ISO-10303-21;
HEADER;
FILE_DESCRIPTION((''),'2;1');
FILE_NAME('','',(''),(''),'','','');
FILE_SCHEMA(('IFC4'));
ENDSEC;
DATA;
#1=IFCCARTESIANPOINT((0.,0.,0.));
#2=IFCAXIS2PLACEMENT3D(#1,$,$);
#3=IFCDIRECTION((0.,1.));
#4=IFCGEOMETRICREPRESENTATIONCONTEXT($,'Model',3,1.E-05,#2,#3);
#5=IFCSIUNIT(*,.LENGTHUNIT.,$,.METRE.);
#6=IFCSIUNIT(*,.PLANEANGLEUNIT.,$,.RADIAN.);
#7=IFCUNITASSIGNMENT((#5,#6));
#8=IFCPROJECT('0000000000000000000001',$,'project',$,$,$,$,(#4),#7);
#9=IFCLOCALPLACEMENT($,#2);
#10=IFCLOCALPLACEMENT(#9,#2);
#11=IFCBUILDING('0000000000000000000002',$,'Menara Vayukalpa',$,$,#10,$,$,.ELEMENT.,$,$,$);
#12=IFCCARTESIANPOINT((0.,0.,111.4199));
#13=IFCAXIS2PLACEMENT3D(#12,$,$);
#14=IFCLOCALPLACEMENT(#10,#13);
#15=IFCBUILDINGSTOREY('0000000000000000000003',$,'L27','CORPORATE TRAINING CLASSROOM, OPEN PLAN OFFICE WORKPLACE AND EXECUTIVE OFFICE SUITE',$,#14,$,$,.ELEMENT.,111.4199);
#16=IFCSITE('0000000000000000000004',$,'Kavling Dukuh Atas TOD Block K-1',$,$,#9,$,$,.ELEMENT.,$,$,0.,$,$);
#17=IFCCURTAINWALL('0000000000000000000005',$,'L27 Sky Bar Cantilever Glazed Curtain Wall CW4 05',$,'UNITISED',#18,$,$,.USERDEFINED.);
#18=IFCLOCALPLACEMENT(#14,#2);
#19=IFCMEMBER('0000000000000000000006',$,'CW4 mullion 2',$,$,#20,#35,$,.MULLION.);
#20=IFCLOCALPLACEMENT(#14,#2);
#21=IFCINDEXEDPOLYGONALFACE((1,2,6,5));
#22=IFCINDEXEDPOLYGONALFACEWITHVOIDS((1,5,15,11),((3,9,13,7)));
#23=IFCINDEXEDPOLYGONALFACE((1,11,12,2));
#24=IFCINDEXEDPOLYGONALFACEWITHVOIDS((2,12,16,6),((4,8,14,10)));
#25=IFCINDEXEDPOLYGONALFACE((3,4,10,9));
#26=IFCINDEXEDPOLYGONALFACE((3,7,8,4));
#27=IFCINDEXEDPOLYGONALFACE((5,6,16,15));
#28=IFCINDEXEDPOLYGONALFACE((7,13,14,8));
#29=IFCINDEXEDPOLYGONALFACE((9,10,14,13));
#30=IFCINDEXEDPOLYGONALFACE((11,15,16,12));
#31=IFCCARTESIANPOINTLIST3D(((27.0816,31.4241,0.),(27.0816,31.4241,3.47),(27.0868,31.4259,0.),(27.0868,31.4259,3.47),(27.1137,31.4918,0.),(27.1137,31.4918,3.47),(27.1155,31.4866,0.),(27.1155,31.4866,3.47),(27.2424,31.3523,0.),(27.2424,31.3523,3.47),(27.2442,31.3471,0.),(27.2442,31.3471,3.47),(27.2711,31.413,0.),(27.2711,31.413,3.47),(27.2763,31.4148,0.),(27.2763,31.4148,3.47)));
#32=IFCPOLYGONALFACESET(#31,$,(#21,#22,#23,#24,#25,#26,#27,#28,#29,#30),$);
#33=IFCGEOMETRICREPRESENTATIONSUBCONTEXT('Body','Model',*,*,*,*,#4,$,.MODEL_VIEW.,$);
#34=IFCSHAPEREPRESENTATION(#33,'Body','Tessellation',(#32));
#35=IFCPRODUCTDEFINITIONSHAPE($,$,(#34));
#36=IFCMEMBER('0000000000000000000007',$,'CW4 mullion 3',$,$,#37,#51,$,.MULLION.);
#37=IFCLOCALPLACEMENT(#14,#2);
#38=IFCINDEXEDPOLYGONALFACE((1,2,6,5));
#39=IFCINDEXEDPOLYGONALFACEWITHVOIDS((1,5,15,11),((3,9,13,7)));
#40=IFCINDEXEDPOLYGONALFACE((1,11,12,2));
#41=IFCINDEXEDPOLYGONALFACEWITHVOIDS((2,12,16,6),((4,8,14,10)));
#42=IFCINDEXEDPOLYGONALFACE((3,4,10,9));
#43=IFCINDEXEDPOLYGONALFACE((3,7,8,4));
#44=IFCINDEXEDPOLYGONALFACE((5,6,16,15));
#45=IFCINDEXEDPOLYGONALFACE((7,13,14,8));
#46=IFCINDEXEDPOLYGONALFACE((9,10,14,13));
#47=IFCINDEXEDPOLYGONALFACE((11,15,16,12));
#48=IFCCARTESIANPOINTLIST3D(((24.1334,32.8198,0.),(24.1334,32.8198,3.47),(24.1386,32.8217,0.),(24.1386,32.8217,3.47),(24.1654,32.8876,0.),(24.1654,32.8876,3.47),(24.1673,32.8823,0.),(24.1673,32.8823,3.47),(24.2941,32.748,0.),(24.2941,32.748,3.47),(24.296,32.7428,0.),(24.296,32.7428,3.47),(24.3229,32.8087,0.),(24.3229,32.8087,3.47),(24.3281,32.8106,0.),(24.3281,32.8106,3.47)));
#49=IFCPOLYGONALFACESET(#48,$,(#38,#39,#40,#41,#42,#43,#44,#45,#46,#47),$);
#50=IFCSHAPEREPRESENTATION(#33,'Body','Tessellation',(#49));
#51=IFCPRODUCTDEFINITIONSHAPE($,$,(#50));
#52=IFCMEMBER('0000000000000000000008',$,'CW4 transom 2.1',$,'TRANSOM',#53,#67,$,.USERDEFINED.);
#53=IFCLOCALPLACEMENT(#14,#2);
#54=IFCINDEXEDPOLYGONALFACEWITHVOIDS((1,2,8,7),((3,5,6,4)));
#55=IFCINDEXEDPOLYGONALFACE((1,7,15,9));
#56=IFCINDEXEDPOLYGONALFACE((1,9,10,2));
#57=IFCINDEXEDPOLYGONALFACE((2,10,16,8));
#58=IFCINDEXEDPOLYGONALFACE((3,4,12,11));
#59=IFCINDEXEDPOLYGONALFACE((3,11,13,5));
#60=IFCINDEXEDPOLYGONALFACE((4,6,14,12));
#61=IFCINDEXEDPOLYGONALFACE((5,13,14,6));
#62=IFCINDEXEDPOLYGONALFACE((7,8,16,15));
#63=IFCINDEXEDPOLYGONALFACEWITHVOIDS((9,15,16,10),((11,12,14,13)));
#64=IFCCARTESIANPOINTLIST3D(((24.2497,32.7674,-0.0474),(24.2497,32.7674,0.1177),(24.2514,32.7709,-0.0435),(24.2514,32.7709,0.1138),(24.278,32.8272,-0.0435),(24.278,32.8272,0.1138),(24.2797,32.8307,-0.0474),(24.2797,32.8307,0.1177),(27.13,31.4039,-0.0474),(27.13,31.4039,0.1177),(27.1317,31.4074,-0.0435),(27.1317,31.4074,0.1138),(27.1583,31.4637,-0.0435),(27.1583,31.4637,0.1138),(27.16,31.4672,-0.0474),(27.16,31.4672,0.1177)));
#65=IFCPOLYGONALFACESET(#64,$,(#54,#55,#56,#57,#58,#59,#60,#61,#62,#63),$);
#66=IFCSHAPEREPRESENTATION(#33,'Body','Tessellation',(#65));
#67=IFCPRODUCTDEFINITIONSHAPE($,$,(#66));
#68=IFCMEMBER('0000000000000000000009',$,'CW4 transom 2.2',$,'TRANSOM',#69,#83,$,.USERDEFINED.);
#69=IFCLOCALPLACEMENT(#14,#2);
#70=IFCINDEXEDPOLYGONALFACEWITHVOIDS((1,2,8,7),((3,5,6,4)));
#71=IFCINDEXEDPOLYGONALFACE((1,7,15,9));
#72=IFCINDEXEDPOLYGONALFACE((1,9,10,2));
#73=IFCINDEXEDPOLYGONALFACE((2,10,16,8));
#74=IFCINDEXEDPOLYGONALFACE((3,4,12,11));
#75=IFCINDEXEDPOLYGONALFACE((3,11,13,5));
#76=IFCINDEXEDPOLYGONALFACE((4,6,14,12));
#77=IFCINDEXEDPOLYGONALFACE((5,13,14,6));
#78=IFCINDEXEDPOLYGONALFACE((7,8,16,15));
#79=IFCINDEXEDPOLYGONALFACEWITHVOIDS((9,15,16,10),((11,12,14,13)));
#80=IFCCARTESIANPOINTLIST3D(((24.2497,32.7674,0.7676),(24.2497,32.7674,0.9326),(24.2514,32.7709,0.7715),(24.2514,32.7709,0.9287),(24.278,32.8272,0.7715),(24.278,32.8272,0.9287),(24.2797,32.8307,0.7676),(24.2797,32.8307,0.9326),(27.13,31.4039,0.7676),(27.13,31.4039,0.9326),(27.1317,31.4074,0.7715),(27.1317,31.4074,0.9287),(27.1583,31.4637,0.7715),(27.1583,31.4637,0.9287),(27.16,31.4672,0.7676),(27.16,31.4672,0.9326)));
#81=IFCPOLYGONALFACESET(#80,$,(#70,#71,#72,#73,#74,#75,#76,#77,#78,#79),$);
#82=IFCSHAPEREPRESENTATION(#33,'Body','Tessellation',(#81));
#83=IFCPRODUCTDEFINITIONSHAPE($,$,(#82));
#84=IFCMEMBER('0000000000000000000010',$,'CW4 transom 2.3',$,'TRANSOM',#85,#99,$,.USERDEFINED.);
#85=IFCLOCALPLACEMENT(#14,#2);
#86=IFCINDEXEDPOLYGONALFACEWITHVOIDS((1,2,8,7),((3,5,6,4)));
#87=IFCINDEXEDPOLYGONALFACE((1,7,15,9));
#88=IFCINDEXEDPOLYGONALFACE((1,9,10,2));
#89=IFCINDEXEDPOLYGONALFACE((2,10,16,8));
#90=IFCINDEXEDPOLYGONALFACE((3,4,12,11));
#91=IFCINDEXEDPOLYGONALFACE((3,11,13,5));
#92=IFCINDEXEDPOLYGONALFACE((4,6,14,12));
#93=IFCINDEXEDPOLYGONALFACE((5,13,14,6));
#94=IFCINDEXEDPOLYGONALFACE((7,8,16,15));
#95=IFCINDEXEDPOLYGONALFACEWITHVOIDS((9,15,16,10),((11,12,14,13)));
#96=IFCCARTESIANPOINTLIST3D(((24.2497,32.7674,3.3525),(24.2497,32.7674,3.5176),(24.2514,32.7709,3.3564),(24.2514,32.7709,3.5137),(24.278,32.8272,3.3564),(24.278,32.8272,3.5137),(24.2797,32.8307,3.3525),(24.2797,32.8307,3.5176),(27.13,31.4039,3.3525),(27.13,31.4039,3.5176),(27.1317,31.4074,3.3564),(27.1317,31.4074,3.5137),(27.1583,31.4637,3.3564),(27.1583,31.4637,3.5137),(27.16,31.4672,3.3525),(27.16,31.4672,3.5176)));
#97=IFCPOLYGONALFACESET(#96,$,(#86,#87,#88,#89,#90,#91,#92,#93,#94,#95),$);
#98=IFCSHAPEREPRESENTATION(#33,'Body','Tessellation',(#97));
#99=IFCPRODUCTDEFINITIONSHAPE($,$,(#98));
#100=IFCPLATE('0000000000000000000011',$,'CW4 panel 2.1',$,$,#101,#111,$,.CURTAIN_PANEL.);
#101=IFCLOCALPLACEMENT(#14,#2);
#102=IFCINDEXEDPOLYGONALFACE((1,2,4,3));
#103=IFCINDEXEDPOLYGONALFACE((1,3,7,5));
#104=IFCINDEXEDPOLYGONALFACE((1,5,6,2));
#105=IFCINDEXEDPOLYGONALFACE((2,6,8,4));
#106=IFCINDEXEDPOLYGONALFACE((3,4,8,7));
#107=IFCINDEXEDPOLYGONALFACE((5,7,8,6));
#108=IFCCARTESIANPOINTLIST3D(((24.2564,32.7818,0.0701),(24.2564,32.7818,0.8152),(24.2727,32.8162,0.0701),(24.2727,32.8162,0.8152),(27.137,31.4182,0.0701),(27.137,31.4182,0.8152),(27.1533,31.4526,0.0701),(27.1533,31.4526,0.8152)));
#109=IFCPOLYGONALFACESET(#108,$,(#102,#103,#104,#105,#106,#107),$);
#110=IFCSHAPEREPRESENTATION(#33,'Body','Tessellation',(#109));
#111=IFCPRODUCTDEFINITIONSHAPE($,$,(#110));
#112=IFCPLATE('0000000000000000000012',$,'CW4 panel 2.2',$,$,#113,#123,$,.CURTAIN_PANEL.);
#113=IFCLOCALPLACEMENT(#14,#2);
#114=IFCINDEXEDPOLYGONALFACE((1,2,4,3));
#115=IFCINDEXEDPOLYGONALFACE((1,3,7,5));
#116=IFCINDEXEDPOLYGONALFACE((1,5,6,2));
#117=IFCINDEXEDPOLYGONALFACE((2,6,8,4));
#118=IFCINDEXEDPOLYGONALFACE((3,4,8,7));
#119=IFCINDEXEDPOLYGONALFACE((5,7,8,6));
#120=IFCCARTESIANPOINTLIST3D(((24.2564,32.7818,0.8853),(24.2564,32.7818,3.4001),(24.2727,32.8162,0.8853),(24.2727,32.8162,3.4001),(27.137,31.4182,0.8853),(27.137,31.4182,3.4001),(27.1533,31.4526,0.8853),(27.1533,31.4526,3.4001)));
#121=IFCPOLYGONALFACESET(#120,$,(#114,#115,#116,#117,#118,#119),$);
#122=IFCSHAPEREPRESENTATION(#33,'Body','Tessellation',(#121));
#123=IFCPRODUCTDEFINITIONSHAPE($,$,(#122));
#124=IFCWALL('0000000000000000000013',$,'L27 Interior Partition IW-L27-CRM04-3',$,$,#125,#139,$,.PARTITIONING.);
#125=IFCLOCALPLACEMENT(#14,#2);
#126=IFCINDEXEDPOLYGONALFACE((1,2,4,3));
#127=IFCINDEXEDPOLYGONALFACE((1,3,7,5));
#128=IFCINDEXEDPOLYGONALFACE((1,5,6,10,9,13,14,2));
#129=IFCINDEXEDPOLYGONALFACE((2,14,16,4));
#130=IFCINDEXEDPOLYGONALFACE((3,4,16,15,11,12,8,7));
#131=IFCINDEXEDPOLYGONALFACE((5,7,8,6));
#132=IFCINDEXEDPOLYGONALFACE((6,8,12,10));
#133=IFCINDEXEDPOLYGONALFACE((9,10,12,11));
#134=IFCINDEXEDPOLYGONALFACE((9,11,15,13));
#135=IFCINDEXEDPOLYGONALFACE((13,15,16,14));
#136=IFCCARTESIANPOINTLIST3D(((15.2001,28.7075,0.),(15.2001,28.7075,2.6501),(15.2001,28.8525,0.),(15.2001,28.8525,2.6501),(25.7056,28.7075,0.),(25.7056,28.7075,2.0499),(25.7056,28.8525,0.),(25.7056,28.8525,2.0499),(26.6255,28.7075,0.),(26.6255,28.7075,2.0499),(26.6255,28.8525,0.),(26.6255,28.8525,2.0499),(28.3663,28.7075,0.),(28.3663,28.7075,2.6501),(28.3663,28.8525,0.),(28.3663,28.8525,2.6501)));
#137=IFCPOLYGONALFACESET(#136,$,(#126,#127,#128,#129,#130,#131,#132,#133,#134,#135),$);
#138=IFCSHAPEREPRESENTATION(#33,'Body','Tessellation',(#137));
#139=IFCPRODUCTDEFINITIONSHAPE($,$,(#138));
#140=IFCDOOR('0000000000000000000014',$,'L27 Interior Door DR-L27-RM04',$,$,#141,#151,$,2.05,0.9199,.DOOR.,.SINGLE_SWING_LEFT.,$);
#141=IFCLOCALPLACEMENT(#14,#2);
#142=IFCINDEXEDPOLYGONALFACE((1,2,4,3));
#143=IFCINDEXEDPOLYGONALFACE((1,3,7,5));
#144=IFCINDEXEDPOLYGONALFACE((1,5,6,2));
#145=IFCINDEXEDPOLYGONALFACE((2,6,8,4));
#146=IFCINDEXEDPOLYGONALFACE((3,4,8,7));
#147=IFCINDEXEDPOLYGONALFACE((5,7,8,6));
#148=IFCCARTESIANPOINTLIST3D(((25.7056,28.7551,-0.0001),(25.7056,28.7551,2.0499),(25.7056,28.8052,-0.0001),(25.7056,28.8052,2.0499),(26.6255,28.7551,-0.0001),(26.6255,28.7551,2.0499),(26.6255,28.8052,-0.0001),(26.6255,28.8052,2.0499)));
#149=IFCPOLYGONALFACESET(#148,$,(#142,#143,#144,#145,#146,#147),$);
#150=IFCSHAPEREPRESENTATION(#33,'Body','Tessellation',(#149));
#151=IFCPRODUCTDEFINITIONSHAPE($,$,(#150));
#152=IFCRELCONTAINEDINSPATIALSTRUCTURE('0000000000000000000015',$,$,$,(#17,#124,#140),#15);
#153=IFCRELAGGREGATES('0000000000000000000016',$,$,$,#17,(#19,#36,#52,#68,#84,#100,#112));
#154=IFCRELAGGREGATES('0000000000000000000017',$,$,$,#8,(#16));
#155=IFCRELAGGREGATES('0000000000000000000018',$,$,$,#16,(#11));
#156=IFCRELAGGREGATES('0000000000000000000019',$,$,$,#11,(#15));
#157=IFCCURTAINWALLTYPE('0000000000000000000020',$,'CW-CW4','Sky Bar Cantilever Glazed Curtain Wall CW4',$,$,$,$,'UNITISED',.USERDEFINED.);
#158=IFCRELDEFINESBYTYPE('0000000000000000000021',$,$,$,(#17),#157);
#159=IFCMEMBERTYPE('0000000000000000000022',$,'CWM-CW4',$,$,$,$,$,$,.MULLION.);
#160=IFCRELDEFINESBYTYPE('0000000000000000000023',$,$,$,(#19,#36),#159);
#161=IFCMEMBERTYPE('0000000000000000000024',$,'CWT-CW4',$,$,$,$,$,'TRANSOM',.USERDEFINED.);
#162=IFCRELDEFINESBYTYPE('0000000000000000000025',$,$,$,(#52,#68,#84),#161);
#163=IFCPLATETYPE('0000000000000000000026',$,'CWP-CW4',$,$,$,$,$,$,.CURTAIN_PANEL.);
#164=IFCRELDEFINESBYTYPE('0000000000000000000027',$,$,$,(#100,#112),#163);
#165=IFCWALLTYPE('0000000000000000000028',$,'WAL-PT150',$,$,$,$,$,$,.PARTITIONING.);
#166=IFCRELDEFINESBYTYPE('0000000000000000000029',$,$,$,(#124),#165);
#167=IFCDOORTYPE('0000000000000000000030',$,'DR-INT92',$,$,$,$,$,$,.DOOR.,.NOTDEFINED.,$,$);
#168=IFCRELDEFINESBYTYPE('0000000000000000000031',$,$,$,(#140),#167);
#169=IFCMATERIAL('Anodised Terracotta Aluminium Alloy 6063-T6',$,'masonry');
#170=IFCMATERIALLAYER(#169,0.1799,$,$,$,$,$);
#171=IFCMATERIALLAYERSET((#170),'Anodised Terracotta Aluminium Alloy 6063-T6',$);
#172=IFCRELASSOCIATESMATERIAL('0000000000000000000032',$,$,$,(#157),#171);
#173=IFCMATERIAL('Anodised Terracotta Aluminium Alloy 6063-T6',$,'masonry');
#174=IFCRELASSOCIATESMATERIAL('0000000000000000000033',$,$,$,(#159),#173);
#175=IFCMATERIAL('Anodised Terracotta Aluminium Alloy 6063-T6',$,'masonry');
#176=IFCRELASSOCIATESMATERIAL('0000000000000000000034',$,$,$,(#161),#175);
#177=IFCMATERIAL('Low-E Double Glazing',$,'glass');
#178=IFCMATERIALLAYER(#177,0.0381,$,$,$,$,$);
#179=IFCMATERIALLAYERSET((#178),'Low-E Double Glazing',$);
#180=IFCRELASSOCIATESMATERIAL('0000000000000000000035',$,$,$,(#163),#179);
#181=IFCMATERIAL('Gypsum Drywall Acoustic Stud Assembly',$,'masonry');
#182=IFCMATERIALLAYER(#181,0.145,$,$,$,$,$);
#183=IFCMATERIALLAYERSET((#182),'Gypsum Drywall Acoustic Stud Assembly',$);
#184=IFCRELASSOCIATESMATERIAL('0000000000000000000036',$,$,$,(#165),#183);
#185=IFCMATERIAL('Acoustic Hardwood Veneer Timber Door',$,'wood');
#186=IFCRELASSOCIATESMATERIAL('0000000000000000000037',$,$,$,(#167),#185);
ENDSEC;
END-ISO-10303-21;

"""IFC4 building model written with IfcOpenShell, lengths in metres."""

from ifc_helpers import new_model, si_unit, direction, frame, frame_2d, origin, origin_2d, place, context, subcontext, project, spatial, rectangle, hollow_rectangle, extrude, material, layer, layer_set, material_profile, profile_set, type_object, element, fill, aggregate, save


model = new_model("IFC4")

# Units and contexts
model_context = context("Model", 3, precision=1e-05, world=origin(), true_north=direction((0.0, 1.0)))
body_context = subcontext(model_context, "Body", "Model", "MODEL_VIEW")
ifc_project = project(units=[si_unit("LENGTHUNIT", "METRE"), si_unit("PLANEANGLEUNIT", "RADIAN")], contexts=[model_context])

# Site, building, storey
site_placement = place(None, origin())
site = spatial("IfcSite", under=ifc_project, at=site_placement, Name="Kavling Dukuh Atas TOD Block K-1", CompositionType="ELEMENT", RefElevation=0.0)
building_placement = place(site_placement, origin())
building = spatial("IfcBuilding", under=site, at=building_placement, Name="Menara Vayukalpa", CompositionType="ELEMENT")
storey_placement = place(building_placement, frame((0.0, 0.0, 111.4199)))
storey = spatial("IfcBuildingStorey", under=building, at=storey_placement, Name="L27", Description="CORPORATE TRAINING CLASSROOM, OPEN PLAN OFFICE WORKPLACE AND EXECUTIVE OFFICE SUITE", CompositionType="ELEMENT", Elevation=111.4199)

# Curtain wall, members, plates
ifc_material_1 = material(Name="Anodised Terracotta Aluminium Alloy 6063-T6", Category="masonry")
ifc_layer_1 = layer(ifc_material_1, 0.1799)
ifc_layer_set_1 = layer_set([ifc_layer_1], Name="Anodised Terracotta Aluminium Alloy 6063-T6")
curtain_wall_type = type_object("IfcCurtainWallType", Name="CW-CW4", Description="Sky Bar Cantilever Glazed Curtain Wall CW4", ElementType="UNITISED", PredefinedType="USERDEFINED", material=ifc_layer_set_1)
curtain_wall_placement = place(storey_placement, origin())
curtain_wall = element("IfcCurtainWall", 1, at=curtain_wall_placement, inside=storey, type_object=curtain_wall_type, Name="L27 Sky Bar Cantilever Glazed Curtain Wall CW4 05", ObjectType="UNITISED", PredefinedType="USERDEFINED")
ifc_material_2 = material(Name="Anodised Terracotta Aluminium Alloy 6063-T6", Category="masonry")
ifc_material_profile_1 = material_profile(ifc_material_2, hollow_rectangle(XDim=0.075, YDim=0.1799, WallThickness=0.0039, at=origin_2d()), Name="ALU 75x180x4")
ifc_profile_set_1 = profile_set([ifc_material_profile_1], Name="Anodised Terracotta Aluminium Alloy 6063-T6")
member_type_1 = type_object("IfcMemberType", Name="CWM-CW4", PredefinedType="MULLION", material=ifc_profile_set_1)
member_1_placement = place(storey_placement, frame((27.179, 31.4194, 0.0), z_axis=(0.0, 0.0, 1.0), x_axis=(-0.427871, -0.90384, 0.0)))
member_1 = element("IfcMember", 2, at=member_1_placement, type_object=member_type_1, Name="CW4 mullion 2", PredefinedType="MULLION", context=body_context, shape_type="SweptSolid", body=[
    extrude(hollow_rectangle(XDim=0.075, YDim=0.1799, WallThickness=0.0039, at=origin_2d()), origin(), (0.0, 0.0, 1.0), 3.47),
])
member_2_placement = place(storey_placement, frame((24.2307, 32.8152, 0.0), z_axis=(0.0, 0.0, 1.0), x_axis=(-0.427871, -0.90384, 0.0)))
member_2 = element("IfcMember", 3, at=member_2_placement, type_object=member_type_1, Name="CW4 mullion 3", PredefinedType="MULLION", context=body_context, shape_type="SweptSolid", body=[
    extrude(hollow_rectangle(XDim=0.075, YDim=0.1799, WallThickness=0.0039, at=origin_2d()), origin(), (0.0, 0.0, 1.0), 3.47),
])
ifc_material_3 = material(Name="Anodised Terracotta Aluminium Alloy 6063-T6", Category="masonry")
ifc_material_profile_2 = material_profile(ifc_material_3, hollow_rectangle(XDim=0.0701, YDim=0.165, WallThickness=0.0039, at=origin_2d()), Name="ALU 70x165x4")
ifc_profile_set_2 = profile_set([ifc_material_profile_2], Name="Anodised Terracotta Aluminium Alloy 6063-T6")
member_type_2 = type_object("IfcMemberType", Name="CWT-CW4", ElementType="TRANSOM", PredefinedType="USERDEFINED", material=ifc_profile_set_2)
member_3_placement = place(storey_placement, frame((27.145, 31.4355, 0.0352), z_axis=(-0.903842, 0.427866, 0.0), x_axis=(-0.427866, -0.903842, 0.0)))
member_3 = element("IfcMember", 4, at=member_3_placement, type_object=member_type_2, Name="CW4 transom 2.1", ObjectType="TRANSOM", PredefinedType="USERDEFINED", context=body_context, shape_type="SweptSolid", body=[
    extrude(hollow_rectangle(XDim=0.0701, YDim=0.165, WallThickness=0.0039, at=origin_2d()), origin(), (0.0, 0.0, 1.0), 3.1868),
])
member_4_placement = place(storey_placement, frame((27.145, 31.4355, 0.8501), z_axis=(-0.903842, 0.427866, 0.0), x_axis=(-0.427866, -0.903842, 0.0)))
member_4 = element("IfcMember", 5, at=member_4_placement, type_object=member_type_2, Name="CW4 transom 2.2", ObjectType="TRANSOM", PredefinedType="USERDEFINED", context=body_context, shape_type="SweptSolid", body=[
    extrude(hollow_rectangle(XDim=0.0701, YDim=0.165, WallThickness=0.0039, at=origin_2d()), origin(), (0.0, 0.0, 1.0), 3.1868),
])
member_5_placement = place(storey_placement, frame((27.145, 31.4355, 3.4351), z_axis=(-0.903842, 0.427866, 0.0), x_axis=(-0.427866, -0.903842, 0.0)))
member_5 = element("IfcMember", 6, at=member_5_placement, type_object=member_type_2, Name="CW4 transom 2.3", ObjectType="TRANSOM", PredefinedType="USERDEFINED", context=body_context, shape_type="SweptSolid", body=[
    extrude(hollow_rectangle(XDim=0.0701, YDim=0.165, WallThickness=0.0039, at=origin_2d()), origin(), (0.0, 0.0, 1.0), 3.1868),
])
ifc_material_4 = material(Name="Low-E Double Glazing", Category="glass")
ifc_layer_2 = layer(ifc_material_4, 0.0381)
ifc_layer_set_2 = layer_set([ifc_layer_2], Name="Low-E Double Glazing")
plate_type = type_object("IfcPlateType", Name="CWP-CW4", PredefinedType="CURTAIN_PANEL", material=ifc_layer_set_2)
plate_1_placement = place(storey_placement, frame((25.7048, 32.1172, 0.0701), z_axis=(0.0, 0.0, 1.0), x_axis=(-0.90384, 0.427871, 0.0)))
plate_1 = element("IfcPlate", 7, at=plate_1_placement, type_object=plate_type, Name="CW4 panel 2.1", PredefinedType="CURTAIN_PANEL", context=body_context, shape_type="SweptSolid", body=[
    extrude(rectangle(XDim=3.187, YDim=0.0381, at=origin_2d()), origin(), (0.0, 0.0, 1.0), 0.7451),
])
plate_2_placement = place(storey_placement, frame((25.7048, 32.1172, 0.8853), z_axis=(0.0, 0.0, 1.0), x_axis=(-0.90384, 0.427871, 0.0)))
plate_2 = element("IfcPlate", 8, at=plate_2_placement, type_object=plate_type, Name="CW4 panel 2.2", PredefinedType="CURTAIN_PANEL", context=body_context, shape_type="SweptSolid", body=[
    extrude(rectangle(XDim=3.187, YDim=0.0381, at=origin_2d()), origin(), (0.0, 0.0, 1.0), 2.5149),
])
aggregate(curtain_wall, [member_1, member_2, member_3, member_4, member_5, plate_1, plate_2])

# Wall, opening, door
ifc_material_5 = material(Name="Gypsum Drywall Acoustic Stud Assembly", Category="masonry")
ifc_layer_3 = layer(ifc_material_5, 0.145)
ifc_layer_set_3 = layer_set([ifc_layer_3], Name="Gypsum Drywall Acoustic Stud Assembly")
wall_type = type_object("IfcWallType", Name="WAL-PT150", PredefinedType="PARTITIONING", material=ifc_layer_set_3)
wall_placement = place(storey_placement, frame((28.3662, 28.78, 0.0), z_axis=(0.0, 0.0, 1.0), x_axis=(-1.0, 0.0, 0.0)))
wall = element("IfcWall", 9, at=wall_placement, inside=storey, type_object=wall_type, Name="L27 Interior Partition IW-L27-CRM04-3", PredefinedType="PARTITIONING", context=body_context, shape_type="SweptSolid", body=[
    extrude(rectangle(XDim=13.1663, YDim=0.145, at=frame_2d((6.583, 0.0))), origin(), (0.0, 0.0, 1.0), 2.6501),
])
opening_placement = place(wall_placement, frame((1.7407, 0.0, 0.0)))
opening = element("IfcOpeningElement", 10, at=opening_placement, cuts=wall, PredefinedType="OPENING", context=body_context, shape_type="SweptSolid", body=[
    extrude(rectangle(XDim=0.9199, YDim=2.05, at=frame_2d((0.46, 1.0249))), frame((0.0, 0.0825, 0.0), z_axis=(0.0, -1.0, 0.0), x_axis=(1.0, 0.0, 0.0)), (0.0, 0.0, 1.0), 0.165),
])
ifc_material_6 = material(Name="Acoustic Hardwood Veneer Timber Door", Category="wood")
door_type = type_object("IfcDoorType", Name="DR-INT92", OperationType="NOTDEFINED", PredefinedType="DOOR", material=ifc_material_6)
door_placement = place(opening_placement, origin())
door = element("IfcDoor", 11, at=door_placement, inside=storey, type_object=door_type, Name="L27 Interior Door DR-L27-RM04", OperationType="SINGLE_SWING_LEFT", OverallHeight=2.05, OverallWidth=0.9199, PredefinedType="DOOR", context=body_context, shape_type="SweptSolid", body=[
    extrude(rectangle(XDim=0.9199, YDim=2.05, at=frame_2d((0.46, 1.0249))), frame((0.0, 0.0249, 0.0), z_axis=(0.0, -1.0, 0.0), x_axis=(1.0, 0.0, 0.0)), (0.0, 0.0, 1.0), 0.05),
])
fill(opening, door)

save(model, "model.ifc")
